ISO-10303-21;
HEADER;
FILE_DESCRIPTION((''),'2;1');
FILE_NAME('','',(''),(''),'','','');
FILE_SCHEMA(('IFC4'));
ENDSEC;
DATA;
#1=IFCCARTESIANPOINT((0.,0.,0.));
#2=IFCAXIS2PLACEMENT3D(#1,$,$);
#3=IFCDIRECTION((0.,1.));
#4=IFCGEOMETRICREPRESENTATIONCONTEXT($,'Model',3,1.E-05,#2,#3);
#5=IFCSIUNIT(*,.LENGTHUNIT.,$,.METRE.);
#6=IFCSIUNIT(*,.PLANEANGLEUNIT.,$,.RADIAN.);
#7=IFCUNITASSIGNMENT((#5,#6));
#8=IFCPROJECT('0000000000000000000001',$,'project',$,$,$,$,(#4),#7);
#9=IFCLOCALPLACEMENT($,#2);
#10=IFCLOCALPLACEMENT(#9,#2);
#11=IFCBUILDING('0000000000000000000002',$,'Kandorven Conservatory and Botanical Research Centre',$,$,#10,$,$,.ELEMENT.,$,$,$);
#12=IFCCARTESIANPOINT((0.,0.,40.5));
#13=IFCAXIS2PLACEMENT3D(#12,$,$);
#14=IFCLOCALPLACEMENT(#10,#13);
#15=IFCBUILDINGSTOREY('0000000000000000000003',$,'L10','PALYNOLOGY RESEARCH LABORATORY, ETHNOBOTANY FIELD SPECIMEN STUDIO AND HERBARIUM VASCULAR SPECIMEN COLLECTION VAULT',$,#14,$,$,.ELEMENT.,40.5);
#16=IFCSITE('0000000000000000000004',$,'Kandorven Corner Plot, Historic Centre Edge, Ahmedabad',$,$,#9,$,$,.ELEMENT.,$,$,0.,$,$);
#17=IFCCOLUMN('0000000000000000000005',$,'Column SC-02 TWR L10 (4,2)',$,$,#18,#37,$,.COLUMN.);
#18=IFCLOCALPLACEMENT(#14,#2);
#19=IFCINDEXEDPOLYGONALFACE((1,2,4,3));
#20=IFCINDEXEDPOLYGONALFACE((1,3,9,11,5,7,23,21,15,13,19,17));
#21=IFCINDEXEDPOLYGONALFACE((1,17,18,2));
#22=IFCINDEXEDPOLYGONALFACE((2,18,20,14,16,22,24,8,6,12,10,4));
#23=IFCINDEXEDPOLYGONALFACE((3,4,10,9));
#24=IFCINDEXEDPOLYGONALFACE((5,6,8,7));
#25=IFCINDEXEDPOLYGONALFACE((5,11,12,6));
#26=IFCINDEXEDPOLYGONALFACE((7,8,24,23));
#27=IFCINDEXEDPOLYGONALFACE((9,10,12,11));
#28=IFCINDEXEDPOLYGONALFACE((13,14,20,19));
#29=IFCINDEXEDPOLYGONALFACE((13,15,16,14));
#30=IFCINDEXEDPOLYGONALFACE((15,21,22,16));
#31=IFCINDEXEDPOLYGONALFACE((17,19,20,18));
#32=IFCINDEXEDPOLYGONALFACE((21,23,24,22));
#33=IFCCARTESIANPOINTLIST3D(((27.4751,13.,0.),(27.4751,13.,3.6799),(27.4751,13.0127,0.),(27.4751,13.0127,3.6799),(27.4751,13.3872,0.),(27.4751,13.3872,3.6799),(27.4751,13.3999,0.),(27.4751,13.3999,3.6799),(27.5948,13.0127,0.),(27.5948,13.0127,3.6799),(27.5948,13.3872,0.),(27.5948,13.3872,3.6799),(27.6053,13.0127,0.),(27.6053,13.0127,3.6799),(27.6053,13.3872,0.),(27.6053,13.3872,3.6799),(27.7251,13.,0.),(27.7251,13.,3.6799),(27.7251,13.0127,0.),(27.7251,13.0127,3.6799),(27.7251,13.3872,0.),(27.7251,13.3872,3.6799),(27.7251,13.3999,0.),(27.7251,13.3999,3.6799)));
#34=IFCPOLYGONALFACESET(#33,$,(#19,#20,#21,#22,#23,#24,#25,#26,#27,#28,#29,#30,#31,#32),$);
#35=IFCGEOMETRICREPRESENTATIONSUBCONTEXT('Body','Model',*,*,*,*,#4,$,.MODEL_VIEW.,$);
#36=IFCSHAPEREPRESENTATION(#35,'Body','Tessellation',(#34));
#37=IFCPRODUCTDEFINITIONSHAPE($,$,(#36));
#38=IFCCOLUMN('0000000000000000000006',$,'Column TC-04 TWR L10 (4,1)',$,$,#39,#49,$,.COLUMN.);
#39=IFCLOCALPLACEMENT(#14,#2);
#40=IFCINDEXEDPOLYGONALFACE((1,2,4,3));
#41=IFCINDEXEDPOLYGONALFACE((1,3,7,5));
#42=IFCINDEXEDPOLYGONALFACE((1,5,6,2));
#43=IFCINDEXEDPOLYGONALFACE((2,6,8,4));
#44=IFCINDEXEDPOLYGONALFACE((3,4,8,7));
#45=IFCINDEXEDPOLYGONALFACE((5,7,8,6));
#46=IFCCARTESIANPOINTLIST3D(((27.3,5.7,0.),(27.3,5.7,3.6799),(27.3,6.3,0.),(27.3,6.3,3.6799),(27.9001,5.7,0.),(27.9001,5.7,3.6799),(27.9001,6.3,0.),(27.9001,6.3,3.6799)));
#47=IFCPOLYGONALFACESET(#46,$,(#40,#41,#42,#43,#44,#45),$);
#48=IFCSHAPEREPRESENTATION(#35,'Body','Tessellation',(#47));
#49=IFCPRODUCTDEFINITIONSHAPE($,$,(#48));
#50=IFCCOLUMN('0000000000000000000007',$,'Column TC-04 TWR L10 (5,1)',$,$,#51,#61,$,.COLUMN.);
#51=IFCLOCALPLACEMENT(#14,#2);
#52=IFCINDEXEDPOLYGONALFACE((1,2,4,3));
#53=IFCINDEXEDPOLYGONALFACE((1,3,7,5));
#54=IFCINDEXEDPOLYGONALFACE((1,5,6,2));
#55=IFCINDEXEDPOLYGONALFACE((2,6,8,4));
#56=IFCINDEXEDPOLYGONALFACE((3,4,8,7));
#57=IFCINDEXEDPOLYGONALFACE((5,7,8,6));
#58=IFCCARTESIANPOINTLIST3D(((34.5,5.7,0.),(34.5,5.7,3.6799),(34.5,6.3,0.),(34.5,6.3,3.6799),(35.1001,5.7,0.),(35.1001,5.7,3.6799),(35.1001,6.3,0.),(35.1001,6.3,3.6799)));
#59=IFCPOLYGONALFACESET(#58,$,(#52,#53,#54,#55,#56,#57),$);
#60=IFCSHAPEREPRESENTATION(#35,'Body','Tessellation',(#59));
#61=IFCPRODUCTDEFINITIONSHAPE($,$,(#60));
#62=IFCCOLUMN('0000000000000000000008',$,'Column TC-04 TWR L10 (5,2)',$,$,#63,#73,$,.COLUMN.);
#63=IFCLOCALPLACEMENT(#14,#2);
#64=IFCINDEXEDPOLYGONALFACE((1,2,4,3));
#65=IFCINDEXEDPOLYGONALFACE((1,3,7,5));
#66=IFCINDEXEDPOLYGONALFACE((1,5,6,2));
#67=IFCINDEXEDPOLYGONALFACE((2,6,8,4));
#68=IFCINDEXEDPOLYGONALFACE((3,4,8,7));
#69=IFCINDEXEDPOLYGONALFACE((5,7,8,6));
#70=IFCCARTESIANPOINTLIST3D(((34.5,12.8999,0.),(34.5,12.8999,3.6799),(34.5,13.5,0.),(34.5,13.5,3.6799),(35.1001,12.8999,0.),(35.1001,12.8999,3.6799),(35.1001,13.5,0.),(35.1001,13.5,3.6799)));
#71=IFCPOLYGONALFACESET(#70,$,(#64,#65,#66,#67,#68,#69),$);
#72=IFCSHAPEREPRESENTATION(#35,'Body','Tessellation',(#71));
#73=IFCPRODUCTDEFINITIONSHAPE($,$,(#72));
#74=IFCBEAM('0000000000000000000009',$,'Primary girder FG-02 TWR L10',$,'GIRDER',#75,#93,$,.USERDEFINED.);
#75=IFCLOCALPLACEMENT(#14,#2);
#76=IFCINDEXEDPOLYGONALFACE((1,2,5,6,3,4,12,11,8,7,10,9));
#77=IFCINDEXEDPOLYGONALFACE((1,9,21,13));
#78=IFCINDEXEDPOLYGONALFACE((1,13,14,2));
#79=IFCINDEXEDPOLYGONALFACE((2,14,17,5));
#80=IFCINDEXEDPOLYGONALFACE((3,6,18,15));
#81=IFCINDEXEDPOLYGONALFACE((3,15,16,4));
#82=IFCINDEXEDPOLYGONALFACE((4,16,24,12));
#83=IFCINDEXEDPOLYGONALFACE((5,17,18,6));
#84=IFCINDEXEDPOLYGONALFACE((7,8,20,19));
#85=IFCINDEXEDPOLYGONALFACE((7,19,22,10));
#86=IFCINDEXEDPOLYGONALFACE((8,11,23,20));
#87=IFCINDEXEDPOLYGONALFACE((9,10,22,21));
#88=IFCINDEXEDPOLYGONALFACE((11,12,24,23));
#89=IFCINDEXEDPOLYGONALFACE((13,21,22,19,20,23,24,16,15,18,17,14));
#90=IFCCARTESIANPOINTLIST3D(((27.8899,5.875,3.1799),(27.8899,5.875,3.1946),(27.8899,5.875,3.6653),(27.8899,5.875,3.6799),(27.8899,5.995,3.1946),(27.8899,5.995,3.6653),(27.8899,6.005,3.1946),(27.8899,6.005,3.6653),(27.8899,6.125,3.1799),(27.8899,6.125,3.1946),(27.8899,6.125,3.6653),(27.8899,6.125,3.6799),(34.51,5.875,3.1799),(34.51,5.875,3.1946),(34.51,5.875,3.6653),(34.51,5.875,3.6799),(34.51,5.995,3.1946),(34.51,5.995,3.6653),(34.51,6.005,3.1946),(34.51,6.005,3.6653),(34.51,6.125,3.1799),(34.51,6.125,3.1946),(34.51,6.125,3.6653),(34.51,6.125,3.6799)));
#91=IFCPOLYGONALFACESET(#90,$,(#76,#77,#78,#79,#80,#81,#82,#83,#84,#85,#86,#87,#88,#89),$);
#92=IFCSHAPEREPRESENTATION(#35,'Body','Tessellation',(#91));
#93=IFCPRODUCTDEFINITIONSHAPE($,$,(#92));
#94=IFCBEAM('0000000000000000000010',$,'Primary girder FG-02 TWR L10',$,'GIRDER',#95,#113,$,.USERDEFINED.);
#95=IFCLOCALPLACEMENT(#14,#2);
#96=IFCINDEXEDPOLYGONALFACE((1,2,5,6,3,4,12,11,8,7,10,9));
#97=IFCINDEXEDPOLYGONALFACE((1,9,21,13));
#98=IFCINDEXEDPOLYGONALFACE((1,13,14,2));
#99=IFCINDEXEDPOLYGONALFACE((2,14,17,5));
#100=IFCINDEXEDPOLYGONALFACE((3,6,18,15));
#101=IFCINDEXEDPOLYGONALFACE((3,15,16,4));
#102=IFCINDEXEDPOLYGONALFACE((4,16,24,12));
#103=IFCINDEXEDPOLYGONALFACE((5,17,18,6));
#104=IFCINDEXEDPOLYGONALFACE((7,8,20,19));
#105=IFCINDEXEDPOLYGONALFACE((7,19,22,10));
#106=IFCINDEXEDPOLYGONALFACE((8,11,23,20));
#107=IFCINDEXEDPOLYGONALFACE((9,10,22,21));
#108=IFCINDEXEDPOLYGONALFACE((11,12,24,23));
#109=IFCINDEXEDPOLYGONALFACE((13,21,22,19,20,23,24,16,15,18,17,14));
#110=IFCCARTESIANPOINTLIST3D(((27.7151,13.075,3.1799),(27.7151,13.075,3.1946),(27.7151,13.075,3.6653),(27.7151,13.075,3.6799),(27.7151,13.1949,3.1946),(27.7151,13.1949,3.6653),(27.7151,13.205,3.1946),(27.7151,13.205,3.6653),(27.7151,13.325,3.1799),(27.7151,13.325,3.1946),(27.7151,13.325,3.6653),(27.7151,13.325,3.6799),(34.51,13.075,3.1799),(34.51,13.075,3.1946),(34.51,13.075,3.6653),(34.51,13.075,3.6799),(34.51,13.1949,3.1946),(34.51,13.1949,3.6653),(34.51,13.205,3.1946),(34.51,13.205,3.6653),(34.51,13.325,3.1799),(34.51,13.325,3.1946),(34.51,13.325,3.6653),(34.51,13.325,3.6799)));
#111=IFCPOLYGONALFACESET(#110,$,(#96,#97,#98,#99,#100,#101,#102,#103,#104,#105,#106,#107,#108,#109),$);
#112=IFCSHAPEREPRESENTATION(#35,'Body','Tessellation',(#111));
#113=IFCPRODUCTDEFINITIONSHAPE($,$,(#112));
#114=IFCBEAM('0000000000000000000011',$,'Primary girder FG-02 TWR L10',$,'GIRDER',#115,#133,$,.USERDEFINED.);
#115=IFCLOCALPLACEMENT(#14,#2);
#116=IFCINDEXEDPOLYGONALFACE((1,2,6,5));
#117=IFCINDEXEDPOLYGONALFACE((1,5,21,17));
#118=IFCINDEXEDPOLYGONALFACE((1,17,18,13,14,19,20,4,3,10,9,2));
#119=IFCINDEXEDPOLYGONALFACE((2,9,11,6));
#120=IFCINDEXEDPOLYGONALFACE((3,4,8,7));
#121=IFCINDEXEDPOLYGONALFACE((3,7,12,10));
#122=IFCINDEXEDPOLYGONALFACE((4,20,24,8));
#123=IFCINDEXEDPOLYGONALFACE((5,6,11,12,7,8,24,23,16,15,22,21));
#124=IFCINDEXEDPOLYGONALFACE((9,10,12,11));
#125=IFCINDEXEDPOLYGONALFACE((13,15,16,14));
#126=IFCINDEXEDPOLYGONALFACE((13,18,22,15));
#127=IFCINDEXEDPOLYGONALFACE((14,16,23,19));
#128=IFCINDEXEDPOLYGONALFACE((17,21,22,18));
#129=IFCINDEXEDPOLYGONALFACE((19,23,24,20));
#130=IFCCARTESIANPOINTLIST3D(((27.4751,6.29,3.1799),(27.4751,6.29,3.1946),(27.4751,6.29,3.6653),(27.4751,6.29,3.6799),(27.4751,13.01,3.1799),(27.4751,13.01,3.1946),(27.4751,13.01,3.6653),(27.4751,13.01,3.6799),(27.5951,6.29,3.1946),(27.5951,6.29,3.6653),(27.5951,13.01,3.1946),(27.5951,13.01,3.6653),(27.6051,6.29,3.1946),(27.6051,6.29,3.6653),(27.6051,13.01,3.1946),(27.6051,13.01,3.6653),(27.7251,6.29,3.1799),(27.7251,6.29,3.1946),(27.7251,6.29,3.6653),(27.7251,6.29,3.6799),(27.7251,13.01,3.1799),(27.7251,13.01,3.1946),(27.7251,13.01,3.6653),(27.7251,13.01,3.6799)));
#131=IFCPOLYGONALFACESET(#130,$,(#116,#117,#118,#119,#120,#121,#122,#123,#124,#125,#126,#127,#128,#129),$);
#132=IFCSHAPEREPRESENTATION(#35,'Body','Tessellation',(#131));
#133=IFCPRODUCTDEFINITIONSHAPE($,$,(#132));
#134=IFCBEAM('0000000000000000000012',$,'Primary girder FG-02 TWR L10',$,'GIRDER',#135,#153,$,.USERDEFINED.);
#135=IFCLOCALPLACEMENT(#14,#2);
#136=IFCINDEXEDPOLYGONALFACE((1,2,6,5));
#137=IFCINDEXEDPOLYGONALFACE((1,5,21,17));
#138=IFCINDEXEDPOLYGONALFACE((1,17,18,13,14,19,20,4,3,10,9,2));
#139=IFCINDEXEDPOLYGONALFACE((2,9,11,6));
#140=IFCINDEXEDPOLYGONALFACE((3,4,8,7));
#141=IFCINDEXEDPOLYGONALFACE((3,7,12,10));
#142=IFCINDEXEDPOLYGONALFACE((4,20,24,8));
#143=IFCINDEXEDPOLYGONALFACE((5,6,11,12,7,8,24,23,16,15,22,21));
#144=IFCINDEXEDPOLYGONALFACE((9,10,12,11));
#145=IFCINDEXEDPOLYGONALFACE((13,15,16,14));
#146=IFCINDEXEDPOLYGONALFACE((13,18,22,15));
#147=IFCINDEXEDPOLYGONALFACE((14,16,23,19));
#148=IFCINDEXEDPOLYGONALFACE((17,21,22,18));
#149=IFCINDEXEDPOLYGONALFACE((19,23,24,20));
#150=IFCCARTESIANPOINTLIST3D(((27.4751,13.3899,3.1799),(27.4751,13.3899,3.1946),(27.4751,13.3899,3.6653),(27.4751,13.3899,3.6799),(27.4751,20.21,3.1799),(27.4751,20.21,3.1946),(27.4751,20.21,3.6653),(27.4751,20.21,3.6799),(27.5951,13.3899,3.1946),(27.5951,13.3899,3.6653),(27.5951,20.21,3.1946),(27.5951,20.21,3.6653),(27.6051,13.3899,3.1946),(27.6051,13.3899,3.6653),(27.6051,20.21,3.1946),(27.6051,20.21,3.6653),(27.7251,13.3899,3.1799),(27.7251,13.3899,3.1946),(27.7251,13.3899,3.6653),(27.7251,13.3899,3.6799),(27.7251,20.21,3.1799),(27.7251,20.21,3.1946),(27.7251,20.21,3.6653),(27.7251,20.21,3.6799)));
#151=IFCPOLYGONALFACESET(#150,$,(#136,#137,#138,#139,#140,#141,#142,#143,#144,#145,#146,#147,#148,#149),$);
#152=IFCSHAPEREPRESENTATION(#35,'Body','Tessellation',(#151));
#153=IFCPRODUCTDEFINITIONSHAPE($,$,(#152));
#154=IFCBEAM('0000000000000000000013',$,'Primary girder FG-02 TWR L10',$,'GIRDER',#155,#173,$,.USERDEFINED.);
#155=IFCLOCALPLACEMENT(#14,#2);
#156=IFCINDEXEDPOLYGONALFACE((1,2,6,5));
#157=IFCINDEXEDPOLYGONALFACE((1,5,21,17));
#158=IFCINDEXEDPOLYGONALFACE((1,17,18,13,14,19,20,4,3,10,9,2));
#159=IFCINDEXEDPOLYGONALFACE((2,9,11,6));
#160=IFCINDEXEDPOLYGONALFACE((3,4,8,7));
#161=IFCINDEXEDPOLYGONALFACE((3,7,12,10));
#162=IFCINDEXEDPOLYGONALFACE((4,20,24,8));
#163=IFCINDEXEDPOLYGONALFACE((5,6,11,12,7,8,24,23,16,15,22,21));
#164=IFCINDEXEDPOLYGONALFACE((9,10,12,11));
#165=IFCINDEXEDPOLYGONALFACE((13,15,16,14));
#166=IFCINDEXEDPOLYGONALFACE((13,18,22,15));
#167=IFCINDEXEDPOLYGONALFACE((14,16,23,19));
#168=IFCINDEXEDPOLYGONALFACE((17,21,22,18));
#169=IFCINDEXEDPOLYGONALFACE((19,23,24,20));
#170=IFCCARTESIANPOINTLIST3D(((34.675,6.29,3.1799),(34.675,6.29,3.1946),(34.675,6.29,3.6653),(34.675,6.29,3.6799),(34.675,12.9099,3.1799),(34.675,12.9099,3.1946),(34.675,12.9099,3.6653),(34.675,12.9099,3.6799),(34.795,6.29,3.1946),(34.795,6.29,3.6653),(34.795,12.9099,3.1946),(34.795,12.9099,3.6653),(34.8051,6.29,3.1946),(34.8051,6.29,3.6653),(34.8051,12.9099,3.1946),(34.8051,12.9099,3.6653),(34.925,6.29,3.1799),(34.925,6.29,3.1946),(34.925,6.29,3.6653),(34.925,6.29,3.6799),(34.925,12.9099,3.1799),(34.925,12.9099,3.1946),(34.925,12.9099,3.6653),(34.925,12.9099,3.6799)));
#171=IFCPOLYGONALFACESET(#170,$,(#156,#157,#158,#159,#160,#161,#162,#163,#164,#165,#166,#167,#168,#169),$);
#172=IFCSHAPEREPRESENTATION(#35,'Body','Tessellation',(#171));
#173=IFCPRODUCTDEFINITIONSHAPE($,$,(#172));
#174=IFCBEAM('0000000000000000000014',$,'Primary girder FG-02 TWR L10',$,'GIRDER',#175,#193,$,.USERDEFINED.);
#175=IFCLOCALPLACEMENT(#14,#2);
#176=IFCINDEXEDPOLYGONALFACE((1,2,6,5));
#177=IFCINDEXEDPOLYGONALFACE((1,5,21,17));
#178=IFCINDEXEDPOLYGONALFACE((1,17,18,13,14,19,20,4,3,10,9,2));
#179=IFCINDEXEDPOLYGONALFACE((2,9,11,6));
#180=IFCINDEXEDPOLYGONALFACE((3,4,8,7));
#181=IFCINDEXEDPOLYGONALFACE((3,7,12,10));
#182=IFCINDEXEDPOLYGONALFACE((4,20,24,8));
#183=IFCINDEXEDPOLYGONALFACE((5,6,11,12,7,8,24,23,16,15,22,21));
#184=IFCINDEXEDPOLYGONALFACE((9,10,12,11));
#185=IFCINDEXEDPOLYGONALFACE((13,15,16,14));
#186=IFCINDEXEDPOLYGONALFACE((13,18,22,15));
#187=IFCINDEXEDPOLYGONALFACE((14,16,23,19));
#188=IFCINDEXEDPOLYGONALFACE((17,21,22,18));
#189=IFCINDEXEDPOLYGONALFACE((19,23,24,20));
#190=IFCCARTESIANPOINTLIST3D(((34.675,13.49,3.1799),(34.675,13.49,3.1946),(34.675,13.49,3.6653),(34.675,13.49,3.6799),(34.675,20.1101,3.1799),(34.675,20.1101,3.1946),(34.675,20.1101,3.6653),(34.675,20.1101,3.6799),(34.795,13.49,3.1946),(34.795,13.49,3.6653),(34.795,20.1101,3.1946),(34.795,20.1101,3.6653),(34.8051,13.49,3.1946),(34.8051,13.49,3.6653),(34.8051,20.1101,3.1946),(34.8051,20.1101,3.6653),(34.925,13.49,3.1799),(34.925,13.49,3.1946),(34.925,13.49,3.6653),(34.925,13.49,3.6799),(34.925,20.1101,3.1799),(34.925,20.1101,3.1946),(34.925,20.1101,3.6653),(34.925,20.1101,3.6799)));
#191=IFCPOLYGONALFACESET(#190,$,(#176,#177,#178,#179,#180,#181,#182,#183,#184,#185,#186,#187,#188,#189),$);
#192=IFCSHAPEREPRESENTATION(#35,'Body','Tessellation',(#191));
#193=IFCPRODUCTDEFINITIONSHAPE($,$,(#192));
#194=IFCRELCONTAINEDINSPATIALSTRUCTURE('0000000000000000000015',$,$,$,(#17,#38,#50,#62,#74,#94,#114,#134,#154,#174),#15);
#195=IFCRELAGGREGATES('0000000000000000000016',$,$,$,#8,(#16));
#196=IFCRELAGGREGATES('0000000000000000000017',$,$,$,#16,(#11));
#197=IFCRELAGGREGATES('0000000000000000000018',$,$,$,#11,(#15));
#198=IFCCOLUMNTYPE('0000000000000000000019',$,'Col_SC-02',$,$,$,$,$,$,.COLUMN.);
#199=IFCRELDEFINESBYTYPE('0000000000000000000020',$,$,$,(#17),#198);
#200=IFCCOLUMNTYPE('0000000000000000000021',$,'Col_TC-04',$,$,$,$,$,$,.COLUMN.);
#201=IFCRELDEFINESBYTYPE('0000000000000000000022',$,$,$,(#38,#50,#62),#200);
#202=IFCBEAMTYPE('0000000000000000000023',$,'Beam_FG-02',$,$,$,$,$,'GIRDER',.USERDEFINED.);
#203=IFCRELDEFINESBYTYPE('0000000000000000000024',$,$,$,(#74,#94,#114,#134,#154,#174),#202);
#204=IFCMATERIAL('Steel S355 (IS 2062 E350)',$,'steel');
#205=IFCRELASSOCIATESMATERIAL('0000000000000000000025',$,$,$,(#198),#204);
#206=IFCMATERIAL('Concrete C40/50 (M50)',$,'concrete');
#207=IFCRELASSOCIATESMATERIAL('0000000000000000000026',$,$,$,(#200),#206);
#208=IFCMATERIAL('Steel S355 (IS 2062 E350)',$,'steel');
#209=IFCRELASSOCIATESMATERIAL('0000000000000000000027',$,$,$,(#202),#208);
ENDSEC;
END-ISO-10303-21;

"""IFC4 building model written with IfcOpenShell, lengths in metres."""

from ifc_helpers import new_model, si_unit, direction, frame, origin, origin_2d, place, context, subcontext, project, spatial, rectangle, i_section, extrude, material, material_profile, profile_set, type_object, element, save


model = new_model("IFC4")

# Units and contexts
model_context = context("Model", 3, precision=1e-05, world=origin(), true_north=direction((0.0, 1.0)))
body_context = subcontext(model_context, "Body", "Model", "MODEL_VIEW")
ifc_project = project(units=[si_unit("LENGTHUNIT", "METRE"), si_unit("PLANEANGLEUNIT", "RADIAN")], contexts=[model_context])

# Site, building, storey
site_placement = place(None, origin())
site = spatial("IfcSite", under=ifc_project, at=site_placement, Name="Kandorven Corner Plot, Historic Centre Edge, Ahmedabad", CompositionType="ELEMENT", RefElevation=0.0)
building_placement = place(site_placement, origin())
building = spatial("IfcBuilding", under=site, at=building_placement, Name="Kandorven Conservatory and Botanical Research Centre", CompositionType="ELEMENT")
storey_placement = place(building_placement, frame((0.0, 0.0, 40.5)))
storey = spatial("IfcBuildingStorey", under=building, at=storey_placement, Name="L10", Description="PALYNOLOGY RESEARCH LABORATORY, ETHNOBOTANY FIELD SPECIMEN STUDIO AND HERBARIUM VASCULAR SPECIMEN COLLECTION VAULT", CompositionType="ELEMENT", Elevation=40.5)

# Columns
ifc_material_1 = material(Name="Steel S355 (IS 2062 E350)", Category="steel")
ifc_material_profile_1 = material_profile(ifc_material_1, i_section(OverallWidth=0.25, OverallDepth=0.3999, WebThickness=0.0105, FlangeThickness=0.0127, at=origin_2d()))
ifc_profile_set_1 = profile_set([ifc_material_profile_1], Name="Steel S355 (IS 2062 E350)")
column_type_1 = type_object("IfcColumnType", Name="Col_SC-02", PredefinedType="COLUMN", material=ifc_profile_set_1)
column_placement = place(storey_placement, frame((27.6001, 13.2, 0.0), z_axis=(0.0, 0.0, 1.0), x_axis=(1.0, 0.0, 0.0)))
element("IfcColumn", 1, at=column_placement, inside=storey, type_object=column_type_1, Name="Column SC-02 TWR L10 (4,2)", PredefinedType="COLUMN", context=body_context, shape_type="SweptSolid", body=[
    extrude(i_section(OverallWidth=0.25, OverallDepth=0.3999, WebThickness=0.0105, FlangeThickness=0.0127, at=origin_2d()), origin(), (0.0, 0.0, 1.0), 3.6799),
])
ifc_material_2 = material(Name="Concrete C40/50 (M50)", Category="concrete")
ifc_material_profile_2 = material_profile(ifc_material_2, rectangle(XDim=0.6001, YDim=0.6001, at=origin_2d()))
ifc_profile_set_2 = profile_set([ifc_material_profile_2], Name="Concrete C40/50 (M50)")
column_type_2 = type_object("IfcColumnType", Name="Col_TC-04", PredefinedType="COLUMN", material=ifc_profile_set_2)
for number, where, z_axis, x_axis, name in (
    (2, (27.6001, 6.0, 0.0), (0.0, 0.0, 1.0), (1.0, 0.0, 0.0), "Column TC-04 TWR L10 (4,1)"),
    (3, (34.8, 6.0, 0.0), (0.0, 0.0, 1.0), (1.0, 0.0, 0.0), "Column TC-04 TWR L10 (5,1)"),
    (4, (34.8, 13.2, 0.0), (0.0, 0.0, 1.0), (1.0, 0.0, 0.0), "Column TC-04 TWR L10 (5,2)"),
):
    element("IfcColumn", number, at=place(storey_placement, frame(where, z_axis=z_axis, x_axis=x_axis)), inside=storey, type_object=column_type_2, Name=name, PredefinedType="COLUMN", context=body_context, shape_type="SweptSolid", body=[
        extrude(rectangle(XDim=0.6001, YDim=0.6001, at=origin_2d()), origin(), (0.0, 0.0, 1.0), 3.6799),
    ])

# Beams
ifc_material_3 = material(Name="Steel S355 (IS 2062 E350)", Category="steel")
ifc_material_profile_3 = material_profile(ifc_material_3, i_section(OverallWidth=0.25, OverallDepth=0.5, WebThickness=0.01, FlangeThickness=0.0146, at=origin_2d()))
ifc_profile_set_3 = profile_set([ifc_material_profile_3], Name="Steel S355 (IS 2062 E350)")
beam_type_1 = type_object("IfcBeamType", Name="Beam_FG-02", ElementType="GIRDER", PredefinedType="USERDEFINED", material=ifc_profile_set_3)
beam_1_placement = place(storey_placement, frame((27.8899, 6.0, 3.4299), z_axis=(1.0, 0.0, 0.0), x_axis=(0.0, 1.0, 0.0)))
element("IfcBeam", 5, at=beam_1_placement, inside=storey, type_object=beam_type_1, Name="Primary girder FG-02 TWR L10", ObjectType="GIRDER", PredefinedType="USERDEFINED", context=body_context, shape_type="SweptSolid", body=[
    extrude(i_section(OverallWidth=0.25, OverallDepth=0.5, WebThickness=0.01, FlangeThickness=0.0146, at=origin_2d()), origin(), (0.0, 0.0, 1.0), 6.6201),
])
beam_2_placement = place(storey_placement, frame((27.7151, 13.2, 3.4299), z_axis=(1.0, 0.0, 0.0), x_axis=(0.0, 1.0, 0.0)))
element("IfcBeam", 6, at=beam_2_placement, inside=storey, type_object=beam_type_1, Name="Primary girder FG-02 TWR L10", ObjectType="GIRDER", PredefinedType="USERDEFINED", context=body_context, shape_type="SweptSolid", body=[
    extrude(i_section(OverallWidth=0.25, OverallDepth=0.5, WebThickness=0.01, FlangeThickness=0.0146, at=origin_2d()), origin(), (0.0, 0.0, 1.0), 6.7949),
])
beam_3_placement = place(storey_placement, frame((27.6001, 6.29, 3.4299), z_axis=(0.0, 1.0, 0.0), x_axis=(-1.0, 0.0, 0.0)))
element("IfcBeam", 7, at=beam_3_placement, inside=storey, type_object=beam_type_1, Name="Primary girder FG-02 TWR L10", ObjectType="GIRDER", PredefinedType="USERDEFINED", context=body_context, shape_type="SweptSolid", body=[
    extrude(i_section(OverallWidth=0.25, OverallDepth=0.5, WebThickness=0.01, FlangeThickness=0.0146, at=origin_2d()), origin(), (0.0, 0.0, 1.0), 6.72),
])
beam_4_placement = place(storey_placement, frame((27.6001, 13.3899, 3.4299), z_axis=(0.0, 1.0, 0.0), x_axis=(-1.0, 0.0, 0.0)))
element("IfcBeam", 8, at=beam_4_placement, inside=storey, type_object=beam_type_1, Name="Primary girder FG-02 TWR L10", ObjectType="GIRDER", PredefinedType="USERDEFINED", context=body_context, shape_type="SweptSolid", body=[
    extrude(i_section(OverallWidth=0.25, OverallDepth=0.5, WebThickness=0.01, FlangeThickness=0.0146, at=origin_2d()), origin(), (0.0, 0.0, 1.0), 6.8201),
])
beam_5_placement = place(storey_placement, frame((34.8, 6.29, 3.4299), z_axis=(0.0, 1.0, 0.0), x_axis=(-1.0, 0.0, 0.0)))
element("IfcBeam", 9, at=beam_5_placement, inside=storey, type_object=beam_type_1, Name="Primary girder FG-02 TWR L10", ObjectType="GIRDER", PredefinedType="USERDEFINED", context=body_context, shape_type="SweptSolid", body=[
    extrude(i_section(OverallWidth=0.25, OverallDepth=0.5, WebThickness=0.01, FlangeThickness=0.0146, at=origin_2d()), origin(), (0.0, 0.0, 1.0), 6.6199),
])
beam_6_placement = place(storey_placement, frame((34.8, 13.49, 3.4299), z_axis=(0.0, 1.0, 0.0), x_axis=(-1.0, 0.0, 0.0)))
element("IfcBeam", 10, at=beam_6_placement, inside=storey, type_object=beam_type_1, Name="Primary girder FG-02 TWR L10", ObjectType="GIRDER", PredefinedType="USERDEFINED", context=body_context, shape_type="SweptSolid", body=[
    extrude(i_section(OverallWidth=0.25, OverallDepth=0.5, WebThickness=0.01, FlangeThickness=0.0146, at=origin_2d()), origin(), (0.0, 0.0, 1.0), 6.6201),
])

save(model, "model.ifc")
